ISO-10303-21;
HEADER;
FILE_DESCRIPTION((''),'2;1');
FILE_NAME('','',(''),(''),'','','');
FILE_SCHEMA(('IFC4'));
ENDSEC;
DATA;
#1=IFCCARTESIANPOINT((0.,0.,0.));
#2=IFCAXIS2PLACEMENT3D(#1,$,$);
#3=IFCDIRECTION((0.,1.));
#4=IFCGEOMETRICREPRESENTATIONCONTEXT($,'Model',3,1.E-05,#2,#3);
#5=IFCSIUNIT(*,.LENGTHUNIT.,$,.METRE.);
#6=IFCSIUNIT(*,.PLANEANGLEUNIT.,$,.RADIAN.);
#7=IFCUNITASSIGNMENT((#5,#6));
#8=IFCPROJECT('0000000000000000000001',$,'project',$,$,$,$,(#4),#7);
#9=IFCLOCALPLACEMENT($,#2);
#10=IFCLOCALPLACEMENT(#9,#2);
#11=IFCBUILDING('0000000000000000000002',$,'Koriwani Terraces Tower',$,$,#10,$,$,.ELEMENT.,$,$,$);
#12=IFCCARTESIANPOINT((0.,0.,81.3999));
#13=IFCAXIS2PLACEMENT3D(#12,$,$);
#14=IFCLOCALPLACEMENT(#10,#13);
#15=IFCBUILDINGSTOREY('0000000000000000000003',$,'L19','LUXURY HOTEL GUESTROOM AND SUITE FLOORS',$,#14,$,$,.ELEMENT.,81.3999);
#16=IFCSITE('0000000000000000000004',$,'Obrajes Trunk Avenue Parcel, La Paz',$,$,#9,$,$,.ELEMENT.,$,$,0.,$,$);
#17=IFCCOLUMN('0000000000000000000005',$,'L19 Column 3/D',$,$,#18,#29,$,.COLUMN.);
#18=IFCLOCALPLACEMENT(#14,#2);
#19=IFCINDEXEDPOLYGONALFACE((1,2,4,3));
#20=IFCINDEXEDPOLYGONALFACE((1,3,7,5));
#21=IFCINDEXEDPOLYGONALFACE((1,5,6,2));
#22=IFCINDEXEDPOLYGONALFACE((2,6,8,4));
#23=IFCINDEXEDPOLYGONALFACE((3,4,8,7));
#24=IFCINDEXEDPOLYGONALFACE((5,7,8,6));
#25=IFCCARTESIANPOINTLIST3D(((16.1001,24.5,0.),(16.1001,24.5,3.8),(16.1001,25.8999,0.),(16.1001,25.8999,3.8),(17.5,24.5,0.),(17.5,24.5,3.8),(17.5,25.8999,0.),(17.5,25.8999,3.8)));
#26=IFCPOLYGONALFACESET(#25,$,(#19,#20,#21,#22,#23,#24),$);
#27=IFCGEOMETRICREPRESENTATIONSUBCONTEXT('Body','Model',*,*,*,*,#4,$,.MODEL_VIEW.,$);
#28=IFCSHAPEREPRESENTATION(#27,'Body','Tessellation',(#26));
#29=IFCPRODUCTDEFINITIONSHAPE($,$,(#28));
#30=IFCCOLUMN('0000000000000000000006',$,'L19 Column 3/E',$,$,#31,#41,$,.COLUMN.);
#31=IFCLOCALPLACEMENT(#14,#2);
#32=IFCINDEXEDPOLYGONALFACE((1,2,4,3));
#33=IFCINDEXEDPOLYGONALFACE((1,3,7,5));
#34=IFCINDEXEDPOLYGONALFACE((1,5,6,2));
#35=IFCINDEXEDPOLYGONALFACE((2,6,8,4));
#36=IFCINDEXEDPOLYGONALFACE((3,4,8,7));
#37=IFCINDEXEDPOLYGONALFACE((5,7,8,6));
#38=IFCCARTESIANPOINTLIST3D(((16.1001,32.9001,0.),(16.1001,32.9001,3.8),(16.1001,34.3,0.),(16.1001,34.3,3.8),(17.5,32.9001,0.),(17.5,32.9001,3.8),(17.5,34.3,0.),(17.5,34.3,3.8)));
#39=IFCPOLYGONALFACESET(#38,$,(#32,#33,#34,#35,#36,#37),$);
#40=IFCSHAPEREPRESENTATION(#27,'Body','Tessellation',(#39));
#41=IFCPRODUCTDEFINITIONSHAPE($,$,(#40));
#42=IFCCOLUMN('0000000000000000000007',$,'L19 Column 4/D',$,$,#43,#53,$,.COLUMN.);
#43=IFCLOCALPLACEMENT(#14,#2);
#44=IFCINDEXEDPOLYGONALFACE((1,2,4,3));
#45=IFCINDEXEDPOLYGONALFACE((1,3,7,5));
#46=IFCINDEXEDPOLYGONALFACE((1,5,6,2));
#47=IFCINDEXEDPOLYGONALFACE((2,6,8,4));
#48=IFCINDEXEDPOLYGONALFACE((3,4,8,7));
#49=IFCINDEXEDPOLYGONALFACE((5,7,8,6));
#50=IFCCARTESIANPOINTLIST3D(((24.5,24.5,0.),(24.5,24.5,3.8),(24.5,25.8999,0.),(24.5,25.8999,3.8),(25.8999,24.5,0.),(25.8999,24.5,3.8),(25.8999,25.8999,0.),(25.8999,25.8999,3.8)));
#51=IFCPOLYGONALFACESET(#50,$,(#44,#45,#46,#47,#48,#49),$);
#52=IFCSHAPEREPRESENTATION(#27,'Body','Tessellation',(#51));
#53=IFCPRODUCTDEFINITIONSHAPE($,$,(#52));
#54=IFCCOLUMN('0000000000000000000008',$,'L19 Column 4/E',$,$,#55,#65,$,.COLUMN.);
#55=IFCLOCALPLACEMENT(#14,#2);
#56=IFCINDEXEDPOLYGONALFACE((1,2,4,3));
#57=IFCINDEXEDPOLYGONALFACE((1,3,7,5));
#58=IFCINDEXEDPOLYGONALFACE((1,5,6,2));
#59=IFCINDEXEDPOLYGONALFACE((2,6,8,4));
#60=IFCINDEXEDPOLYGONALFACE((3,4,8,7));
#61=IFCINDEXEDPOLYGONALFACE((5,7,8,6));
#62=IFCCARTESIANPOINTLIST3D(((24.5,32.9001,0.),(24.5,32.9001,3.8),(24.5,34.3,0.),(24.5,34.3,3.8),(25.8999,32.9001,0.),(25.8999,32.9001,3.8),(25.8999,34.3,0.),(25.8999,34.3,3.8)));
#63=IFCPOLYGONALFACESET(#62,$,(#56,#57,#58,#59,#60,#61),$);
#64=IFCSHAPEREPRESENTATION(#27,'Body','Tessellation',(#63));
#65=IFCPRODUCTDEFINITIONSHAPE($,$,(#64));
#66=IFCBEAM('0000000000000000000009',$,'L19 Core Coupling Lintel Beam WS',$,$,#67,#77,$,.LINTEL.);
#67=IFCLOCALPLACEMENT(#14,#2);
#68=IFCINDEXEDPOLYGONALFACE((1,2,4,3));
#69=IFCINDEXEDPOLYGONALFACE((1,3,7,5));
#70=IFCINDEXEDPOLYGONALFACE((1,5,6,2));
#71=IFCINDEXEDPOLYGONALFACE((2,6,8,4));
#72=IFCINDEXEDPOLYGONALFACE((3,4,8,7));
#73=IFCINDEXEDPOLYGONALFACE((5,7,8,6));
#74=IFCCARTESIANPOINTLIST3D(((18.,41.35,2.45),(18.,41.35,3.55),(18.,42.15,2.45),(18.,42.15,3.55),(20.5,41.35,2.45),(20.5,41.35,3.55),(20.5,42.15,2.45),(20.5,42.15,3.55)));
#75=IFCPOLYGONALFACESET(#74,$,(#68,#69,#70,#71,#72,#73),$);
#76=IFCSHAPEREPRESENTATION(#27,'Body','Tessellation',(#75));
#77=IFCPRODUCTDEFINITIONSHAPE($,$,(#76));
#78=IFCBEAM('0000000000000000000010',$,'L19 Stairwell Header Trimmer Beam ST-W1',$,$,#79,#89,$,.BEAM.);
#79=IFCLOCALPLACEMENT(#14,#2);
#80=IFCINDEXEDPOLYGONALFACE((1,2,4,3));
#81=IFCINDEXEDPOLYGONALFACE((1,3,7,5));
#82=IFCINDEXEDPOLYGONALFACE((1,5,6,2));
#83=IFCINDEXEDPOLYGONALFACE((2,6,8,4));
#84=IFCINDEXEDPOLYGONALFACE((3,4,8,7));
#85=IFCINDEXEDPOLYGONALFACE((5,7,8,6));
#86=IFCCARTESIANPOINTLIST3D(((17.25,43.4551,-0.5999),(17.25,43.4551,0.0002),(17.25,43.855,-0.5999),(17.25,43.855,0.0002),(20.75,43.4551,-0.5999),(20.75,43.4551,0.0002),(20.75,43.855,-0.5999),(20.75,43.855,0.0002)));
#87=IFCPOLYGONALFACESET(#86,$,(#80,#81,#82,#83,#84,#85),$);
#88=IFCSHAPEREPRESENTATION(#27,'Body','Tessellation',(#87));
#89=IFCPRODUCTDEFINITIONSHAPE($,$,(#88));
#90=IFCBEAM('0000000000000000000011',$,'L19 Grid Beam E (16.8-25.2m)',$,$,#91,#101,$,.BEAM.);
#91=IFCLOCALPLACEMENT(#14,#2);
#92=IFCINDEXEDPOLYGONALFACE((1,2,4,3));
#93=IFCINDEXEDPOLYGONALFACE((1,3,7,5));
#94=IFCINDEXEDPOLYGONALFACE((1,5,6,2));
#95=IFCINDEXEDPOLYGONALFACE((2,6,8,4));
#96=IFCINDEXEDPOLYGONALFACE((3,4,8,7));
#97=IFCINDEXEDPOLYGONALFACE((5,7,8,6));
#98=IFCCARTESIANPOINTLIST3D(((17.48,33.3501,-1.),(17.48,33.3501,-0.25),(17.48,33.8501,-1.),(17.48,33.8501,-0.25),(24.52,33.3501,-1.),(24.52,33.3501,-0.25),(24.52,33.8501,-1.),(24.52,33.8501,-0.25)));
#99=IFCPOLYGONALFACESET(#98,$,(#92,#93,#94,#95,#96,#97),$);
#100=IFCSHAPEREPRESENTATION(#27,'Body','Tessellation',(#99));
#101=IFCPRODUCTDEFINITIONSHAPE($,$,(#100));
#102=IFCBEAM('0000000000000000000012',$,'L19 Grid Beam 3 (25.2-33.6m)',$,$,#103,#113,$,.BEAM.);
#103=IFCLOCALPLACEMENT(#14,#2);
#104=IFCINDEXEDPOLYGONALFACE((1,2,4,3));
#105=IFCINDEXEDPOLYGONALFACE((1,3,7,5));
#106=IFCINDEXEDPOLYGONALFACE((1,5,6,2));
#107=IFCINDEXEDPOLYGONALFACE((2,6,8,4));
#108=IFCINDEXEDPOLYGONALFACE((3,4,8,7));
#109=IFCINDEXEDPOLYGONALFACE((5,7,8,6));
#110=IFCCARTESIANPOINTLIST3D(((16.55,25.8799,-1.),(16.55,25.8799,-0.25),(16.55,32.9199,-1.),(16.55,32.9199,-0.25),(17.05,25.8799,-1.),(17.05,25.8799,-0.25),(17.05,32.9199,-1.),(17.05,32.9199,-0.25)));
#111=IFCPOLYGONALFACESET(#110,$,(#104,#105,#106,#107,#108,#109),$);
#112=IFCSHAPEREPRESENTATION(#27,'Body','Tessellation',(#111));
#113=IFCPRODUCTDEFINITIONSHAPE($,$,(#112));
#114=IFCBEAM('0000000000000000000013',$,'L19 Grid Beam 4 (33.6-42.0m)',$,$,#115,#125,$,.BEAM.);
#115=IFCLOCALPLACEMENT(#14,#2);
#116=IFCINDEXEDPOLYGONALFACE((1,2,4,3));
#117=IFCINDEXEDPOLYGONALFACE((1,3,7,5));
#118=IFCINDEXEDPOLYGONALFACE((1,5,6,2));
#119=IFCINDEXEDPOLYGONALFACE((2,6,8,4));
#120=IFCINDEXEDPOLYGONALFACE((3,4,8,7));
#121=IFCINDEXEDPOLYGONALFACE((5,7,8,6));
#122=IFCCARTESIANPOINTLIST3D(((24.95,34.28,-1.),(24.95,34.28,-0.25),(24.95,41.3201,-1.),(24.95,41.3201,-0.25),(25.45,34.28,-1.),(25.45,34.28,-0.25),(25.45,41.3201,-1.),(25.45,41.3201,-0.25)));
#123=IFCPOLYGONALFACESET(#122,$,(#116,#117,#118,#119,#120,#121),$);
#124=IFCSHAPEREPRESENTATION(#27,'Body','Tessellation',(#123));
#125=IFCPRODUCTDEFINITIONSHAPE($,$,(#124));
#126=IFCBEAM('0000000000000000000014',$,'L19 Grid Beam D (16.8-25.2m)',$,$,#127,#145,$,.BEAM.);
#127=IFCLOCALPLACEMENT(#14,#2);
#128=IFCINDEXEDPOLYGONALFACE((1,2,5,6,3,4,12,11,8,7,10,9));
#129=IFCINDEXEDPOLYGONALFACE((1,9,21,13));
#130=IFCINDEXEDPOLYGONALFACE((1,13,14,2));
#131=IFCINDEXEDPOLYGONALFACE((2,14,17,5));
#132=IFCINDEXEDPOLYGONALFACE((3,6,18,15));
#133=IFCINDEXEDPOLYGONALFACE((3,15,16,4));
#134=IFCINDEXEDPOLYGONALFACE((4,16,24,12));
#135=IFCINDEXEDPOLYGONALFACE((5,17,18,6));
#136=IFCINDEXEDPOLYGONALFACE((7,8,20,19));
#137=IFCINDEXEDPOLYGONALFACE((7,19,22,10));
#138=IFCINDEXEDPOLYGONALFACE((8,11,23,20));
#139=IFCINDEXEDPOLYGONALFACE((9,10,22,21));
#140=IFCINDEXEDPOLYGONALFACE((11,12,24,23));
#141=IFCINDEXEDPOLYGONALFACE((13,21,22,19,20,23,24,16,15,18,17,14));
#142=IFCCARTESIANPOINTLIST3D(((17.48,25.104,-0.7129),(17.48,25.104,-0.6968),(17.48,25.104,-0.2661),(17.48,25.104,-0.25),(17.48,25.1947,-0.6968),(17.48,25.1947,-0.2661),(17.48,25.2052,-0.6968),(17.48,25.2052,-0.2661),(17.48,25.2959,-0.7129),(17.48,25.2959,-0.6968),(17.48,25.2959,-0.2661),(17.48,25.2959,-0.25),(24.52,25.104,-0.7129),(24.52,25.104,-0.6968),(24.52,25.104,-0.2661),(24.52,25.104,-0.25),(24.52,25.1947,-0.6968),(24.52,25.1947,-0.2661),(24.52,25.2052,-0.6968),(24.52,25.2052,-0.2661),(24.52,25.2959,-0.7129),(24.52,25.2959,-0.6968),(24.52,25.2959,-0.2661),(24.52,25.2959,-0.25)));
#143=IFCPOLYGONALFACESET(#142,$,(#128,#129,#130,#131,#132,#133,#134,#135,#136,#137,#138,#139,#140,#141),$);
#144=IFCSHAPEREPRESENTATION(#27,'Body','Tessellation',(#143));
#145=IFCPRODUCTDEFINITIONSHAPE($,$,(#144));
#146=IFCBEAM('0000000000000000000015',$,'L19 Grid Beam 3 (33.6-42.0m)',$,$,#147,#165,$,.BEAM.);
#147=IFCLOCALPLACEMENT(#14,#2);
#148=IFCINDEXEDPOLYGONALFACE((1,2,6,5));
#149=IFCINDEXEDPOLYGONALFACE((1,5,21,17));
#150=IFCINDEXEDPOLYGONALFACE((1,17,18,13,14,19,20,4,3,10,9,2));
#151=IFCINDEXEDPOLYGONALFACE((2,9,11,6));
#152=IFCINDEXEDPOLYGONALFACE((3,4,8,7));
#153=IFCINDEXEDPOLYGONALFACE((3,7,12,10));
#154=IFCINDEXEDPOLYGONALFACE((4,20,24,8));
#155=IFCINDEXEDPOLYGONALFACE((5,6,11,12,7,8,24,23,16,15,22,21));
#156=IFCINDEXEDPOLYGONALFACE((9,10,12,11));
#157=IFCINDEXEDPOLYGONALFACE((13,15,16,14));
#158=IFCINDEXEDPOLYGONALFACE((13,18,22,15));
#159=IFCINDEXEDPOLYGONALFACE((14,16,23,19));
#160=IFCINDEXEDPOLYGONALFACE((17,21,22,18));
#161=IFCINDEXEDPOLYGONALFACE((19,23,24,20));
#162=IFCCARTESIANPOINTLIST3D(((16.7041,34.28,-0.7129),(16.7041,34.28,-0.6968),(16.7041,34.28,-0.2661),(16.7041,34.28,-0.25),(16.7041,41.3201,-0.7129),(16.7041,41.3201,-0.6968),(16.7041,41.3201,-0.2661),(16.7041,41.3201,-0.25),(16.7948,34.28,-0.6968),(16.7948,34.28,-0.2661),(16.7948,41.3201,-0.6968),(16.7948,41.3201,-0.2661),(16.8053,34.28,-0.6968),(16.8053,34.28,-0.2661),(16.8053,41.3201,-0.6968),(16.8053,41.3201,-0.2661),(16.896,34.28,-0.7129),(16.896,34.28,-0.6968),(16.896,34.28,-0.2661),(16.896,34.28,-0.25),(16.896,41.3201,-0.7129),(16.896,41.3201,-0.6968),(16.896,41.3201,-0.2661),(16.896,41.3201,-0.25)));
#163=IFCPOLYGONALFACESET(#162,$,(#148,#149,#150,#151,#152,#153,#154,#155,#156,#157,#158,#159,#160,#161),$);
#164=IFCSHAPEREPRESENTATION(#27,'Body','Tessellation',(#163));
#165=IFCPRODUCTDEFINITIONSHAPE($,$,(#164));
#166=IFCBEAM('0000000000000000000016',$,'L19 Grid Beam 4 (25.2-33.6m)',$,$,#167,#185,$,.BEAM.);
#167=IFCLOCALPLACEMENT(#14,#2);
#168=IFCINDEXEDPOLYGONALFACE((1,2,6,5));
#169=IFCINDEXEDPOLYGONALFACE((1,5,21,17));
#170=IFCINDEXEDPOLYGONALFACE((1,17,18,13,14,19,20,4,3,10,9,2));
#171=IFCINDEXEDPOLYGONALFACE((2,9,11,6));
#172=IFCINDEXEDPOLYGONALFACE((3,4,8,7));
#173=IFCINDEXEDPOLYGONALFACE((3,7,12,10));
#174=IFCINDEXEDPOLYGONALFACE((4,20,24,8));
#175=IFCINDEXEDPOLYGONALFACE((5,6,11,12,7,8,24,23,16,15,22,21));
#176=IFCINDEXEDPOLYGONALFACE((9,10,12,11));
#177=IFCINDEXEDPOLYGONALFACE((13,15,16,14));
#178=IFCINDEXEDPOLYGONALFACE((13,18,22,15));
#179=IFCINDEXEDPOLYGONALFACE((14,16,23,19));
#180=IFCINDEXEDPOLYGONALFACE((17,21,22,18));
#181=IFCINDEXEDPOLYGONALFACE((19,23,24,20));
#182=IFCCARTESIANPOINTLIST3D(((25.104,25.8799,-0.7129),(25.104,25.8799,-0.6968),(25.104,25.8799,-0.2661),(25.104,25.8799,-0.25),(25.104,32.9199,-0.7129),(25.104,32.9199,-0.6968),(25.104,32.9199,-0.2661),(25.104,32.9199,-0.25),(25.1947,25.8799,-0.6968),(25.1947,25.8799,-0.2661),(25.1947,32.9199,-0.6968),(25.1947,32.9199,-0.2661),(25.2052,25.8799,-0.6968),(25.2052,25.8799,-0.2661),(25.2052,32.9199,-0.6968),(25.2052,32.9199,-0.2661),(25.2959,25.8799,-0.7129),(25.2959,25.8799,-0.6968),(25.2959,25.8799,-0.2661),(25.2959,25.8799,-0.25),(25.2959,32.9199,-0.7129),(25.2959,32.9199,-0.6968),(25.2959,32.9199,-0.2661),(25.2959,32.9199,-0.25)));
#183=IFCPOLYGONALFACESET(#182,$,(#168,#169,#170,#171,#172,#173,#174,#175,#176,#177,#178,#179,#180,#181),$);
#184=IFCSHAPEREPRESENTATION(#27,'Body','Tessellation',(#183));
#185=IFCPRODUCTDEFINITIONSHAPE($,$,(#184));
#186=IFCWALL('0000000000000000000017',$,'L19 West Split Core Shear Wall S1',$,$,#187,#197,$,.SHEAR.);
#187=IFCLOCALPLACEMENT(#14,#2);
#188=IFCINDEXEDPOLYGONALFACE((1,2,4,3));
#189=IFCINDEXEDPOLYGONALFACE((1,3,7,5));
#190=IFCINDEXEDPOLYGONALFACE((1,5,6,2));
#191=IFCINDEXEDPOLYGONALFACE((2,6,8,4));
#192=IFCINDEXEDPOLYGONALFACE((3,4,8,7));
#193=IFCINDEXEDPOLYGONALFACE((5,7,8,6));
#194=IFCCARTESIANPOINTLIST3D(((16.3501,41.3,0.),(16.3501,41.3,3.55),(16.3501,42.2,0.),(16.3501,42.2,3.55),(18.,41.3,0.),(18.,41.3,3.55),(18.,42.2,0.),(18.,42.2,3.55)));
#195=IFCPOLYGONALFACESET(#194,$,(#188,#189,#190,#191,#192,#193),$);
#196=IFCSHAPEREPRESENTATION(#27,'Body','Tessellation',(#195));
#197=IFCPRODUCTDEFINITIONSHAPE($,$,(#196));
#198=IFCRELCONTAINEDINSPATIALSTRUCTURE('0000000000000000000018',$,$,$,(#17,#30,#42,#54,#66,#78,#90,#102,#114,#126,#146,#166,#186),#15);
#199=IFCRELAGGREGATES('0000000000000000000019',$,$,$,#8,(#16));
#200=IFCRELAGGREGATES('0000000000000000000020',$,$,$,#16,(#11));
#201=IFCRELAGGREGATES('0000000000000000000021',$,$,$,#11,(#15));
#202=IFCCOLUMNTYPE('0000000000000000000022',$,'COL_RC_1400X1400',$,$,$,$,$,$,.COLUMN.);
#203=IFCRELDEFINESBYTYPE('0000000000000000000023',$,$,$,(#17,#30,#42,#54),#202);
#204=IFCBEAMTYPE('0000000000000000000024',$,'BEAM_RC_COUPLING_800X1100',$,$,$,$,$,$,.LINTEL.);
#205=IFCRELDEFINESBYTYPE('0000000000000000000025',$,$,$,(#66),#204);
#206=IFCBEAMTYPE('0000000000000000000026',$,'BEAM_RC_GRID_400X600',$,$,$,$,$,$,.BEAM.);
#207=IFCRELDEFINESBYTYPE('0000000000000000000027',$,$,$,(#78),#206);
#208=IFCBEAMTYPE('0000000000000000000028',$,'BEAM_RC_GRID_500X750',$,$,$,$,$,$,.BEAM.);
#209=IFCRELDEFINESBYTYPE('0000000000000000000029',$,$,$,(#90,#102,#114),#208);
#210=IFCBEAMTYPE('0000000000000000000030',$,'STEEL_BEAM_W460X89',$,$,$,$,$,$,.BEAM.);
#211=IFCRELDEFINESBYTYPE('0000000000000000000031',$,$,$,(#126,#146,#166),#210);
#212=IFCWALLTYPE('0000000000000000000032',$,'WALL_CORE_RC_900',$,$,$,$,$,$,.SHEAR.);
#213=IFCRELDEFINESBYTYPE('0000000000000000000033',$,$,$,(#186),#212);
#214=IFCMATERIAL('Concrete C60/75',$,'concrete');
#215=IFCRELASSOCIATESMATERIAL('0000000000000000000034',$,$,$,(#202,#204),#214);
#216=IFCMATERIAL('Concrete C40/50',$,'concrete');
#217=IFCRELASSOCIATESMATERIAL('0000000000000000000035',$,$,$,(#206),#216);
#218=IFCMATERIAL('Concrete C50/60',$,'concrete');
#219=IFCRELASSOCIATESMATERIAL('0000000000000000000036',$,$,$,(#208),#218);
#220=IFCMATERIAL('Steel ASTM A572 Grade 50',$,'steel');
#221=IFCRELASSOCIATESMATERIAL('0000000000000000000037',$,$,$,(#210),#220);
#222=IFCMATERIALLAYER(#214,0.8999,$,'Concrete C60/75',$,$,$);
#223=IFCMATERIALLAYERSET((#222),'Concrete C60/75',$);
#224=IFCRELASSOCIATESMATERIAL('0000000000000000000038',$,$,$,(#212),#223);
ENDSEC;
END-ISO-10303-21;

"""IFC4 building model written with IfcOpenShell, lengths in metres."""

from ifc_helpers import new_model, si_unit, direction, frame, frame_2d, origin, origin_2d, place, context, subcontext, project, spatial, rectangle, i_section, extrude, material, layer, layer_set, material_profile, profile_set, type_object, element, save


model = new_model("IFC4")

# Units and contexts
model_context = context("Model", 3, precision=1e-05, world=origin(), true_north=direction((0.0, 1.0)))
body_context = subcontext(model_context, "Body", "Model", "MODEL_VIEW")
ifc_project = project(units=[si_unit("LENGTHUNIT", "METRE"), si_unit("PLANEANGLEUNIT", "RADIAN")], contexts=[model_context])

# Site, building, storey
site_placement = place(None, origin())
site = spatial("IfcSite", under=ifc_project, at=site_placement, Name="Obrajes Trunk Avenue Parcel, La Paz", CompositionType="ELEMENT", RefElevation=0.0)
building_placement = place(site_placement, origin())
building = spatial("IfcBuilding", under=site, at=building_placement, Name="Koriwani Terraces Tower", CompositionType="ELEMENT")
storey_placement = place(building_placement, frame((0.0, 0.0, 81.3999)))
storey = spatial("IfcBuildingStorey", under=building, at=storey_placement, Name="L19", Description="LUXURY HOTEL GUESTROOM AND SUITE FLOORS", CompositionType="ELEMENT", Elevation=81.3999)

# Columns
ifc_material_1 = material(Name="Concrete C60/75", Category="concrete")
ifc_material_profile_1 = material_profile(ifc_material_1, rectangle(XDim=1.3999, YDim=1.3999, at=origin_2d()), Name="Concrete C60/75", Category="LoadBearing")
ifc_profile_set_1 = profile_set([ifc_material_profile_1], Name="Concrete C60/75")
column_type = type_object("IfcColumnType", Name="COL_RC_1400X1400", PredefinedType="COLUMN", material=ifc_profile_set_1)
for number, where, z_axis, x_axis, name in (
    (1, (16.8, 25.2, 0.0), (0.0, 0.0, 1.0), (1.0, 0.0, 0.0), "L19 Column 3/D"),
    (2, (16.8, 33.6001, 0.0), (0.0, 0.0, 1.0), (1.0, 0.0, 0.0), "L19 Column 3/E"),
    (3, (25.2, 25.2, 0.0), (0.0, 0.0, 1.0), (1.0, 0.0, 0.0), "L19 Column 4/D"),
    (4, (25.2, 33.6001, 0.0), (0.0, 0.0, 1.0), (1.0, 0.0, 0.0), "L19 Column 4/E"),
):
    element("IfcColumn", number, at=place(storey_placement, frame(where, z_axis=z_axis, x_axis=x_axis)), inside=storey, type_object=column_type, Name=name, PredefinedType="COLUMN", context=body_context, shape_type="SweptSolid", body=[
        extrude(rectangle(XDim=1.3999, YDim=1.3999, at=origin_2d()), origin(), (0.0, 0.0, 1.0), 3.8),
    ])

# Beams
ifc_material_profile_2 = material_profile(ifc_material_1, rectangle(XDim=0.8, YDim=1.1001, at=origin_2d()), Name="Concrete C60/75", Category="LoadBearing")
ifc_profile_set_2 = profile_set([ifc_material_profile_2], Name="Concrete C60/75")
beam_type_1 = type_object("IfcBeamType", Name="BEAM_RC_COUPLING_800X1100", PredefinedType="LINTEL", material=ifc_profile_set_2)
beam_1_placement = place(storey_placement, frame((18.0, 41.75, 3.0), z_axis=(1.0, 0.0, 0.0), x_axis=(0.0, 1.0, 0.0)))
element("IfcBeam", 5, at=beam_1_placement, inside=storey, type_object=beam_type_1, Name="L19 Core Coupling Lintel Beam WS", PredefinedType="LINTEL", context=body_context, shape_type="SweptSolid", body=[
    extrude(rectangle(XDim=0.8, YDim=1.1001, at=origin_2d()), origin(), (0.0, 0.0, 1.0), 2.5),
])
ifc_material_2 = material(Name="Concrete C40/50", Category="concrete")
ifc_material_profile_3 = material_profile(ifc_material_2, rectangle(XDim=0.3999, YDim=0.6001, at=origin_2d()), Name="Concrete C40/50", Category="LoadBearing")
ifc_profile_set_3 = profile_set([ifc_material_profile_3], Name="Concrete C40/50")
beam_type_2 = type_object("IfcBeamType", Name="BEAM_RC_GRID_400X600", PredefinedType="BEAM", material=ifc_profile_set_3)
beam_2_placement = place(storey_placement, frame((17.25, 43.655, -0.2998), z_axis=(1.0, 0.0, 0.0), x_axis=(0.0, 1.0, 0.0)))
element("IfcBeam", 6, at=beam_2_placement, inside=storey, type_object=beam_type_2, Name="L19 Stairwell Header Trimmer Beam ST-W1", PredefinedType="BEAM", context=body_context, shape_type="SweptSolid", body=[
    extrude(rectangle(XDim=0.3999, YDim=0.6001, at=origin_2d()), origin(), (0.0, 0.0, 1.0), 3.5),
])
ifc_material_3 = material(Name="Concrete C50/60", Category="concrete")
ifc_material_profile_4 = material_profile(ifc_material_3, rectangle(XDim=0.5, YDim=0.75, at=origin_2d()), Name="Concrete C50/60", Category="LoadBearing")
ifc_profile_set_4 = profile_set([ifc_material_profile_4], Name="Concrete C50/60")
beam_type_3 = type_object("IfcBeamType", Name="BEAM_RC_GRID_500X750", PredefinedType="BEAM", material=ifc_profile_set_4)
for number, where, z_axis, x_axis, name in (
    (7, (17.48, 33.6001, -0.625), (1.0, 0.0, 0.0), (0.0, 1.0, 0.0), "L19 Grid Beam E (16.8-25.2m)"),
    (8, (16.8, 25.8799, -0.625), (0.0, 1.0, 0.0), (-1.0, 0.0, 0.0), "L19 Grid Beam 3 (25.2-33.6m)"),
    (9, (25.2, 34.28, -0.625), (0.0, 1.0, 0.0), (-1.0, 0.0, 0.0), "L19 Grid Beam 4 (33.6-42.0m)"),
):
    element("IfcBeam", number, at=place(storey_placement, frame(where, z_axis=z_axis, x_axis=x_axis)), inside=storey, type_object=beam_type_3, Name=name, PredefinedType="BEAM", context=body_context, shape_type="SweptSolid", body=[
        extrude(rectangle(XDim=0.5, YDim=0.75, at=origin_2d()), origin(), (0.0, 0.0, 1.0), 7.04),
    ])
ifc_material_4 = material(Name="Steel ASTM A572 Grade 50", Category="steel")
ifc_material_profile_5 = material_profile(ifc_material_4, i_section(OverallWidth=0.1919, OverallDepth=0.4629, WebThickness=0.0105, FlangeThickness=0.0161, at=origin_2d()), Name="Steel ASTM A572 Grade 50", Category="LoadBearing")
ifc_profile_set_5 = profile_set([ifc_material_profile_5], Name="Steel ASTM A572 Grade 50")
beam_type_4 = type_object("IfcBeamType", Name="STEEL_BEAM_W460X89", PredefinedType="BEAM", material=ifc_profile_set_5)
for number, where, z_axis, x_axis, name in (
    (10, (17.48, 25.2, -0.4814), (1.0, 0.0, 0.0), (0.0, 1.0, 0.0), "L19 Grid Beam D (16.8-25.2m)"),
    (11, (16.8, 34.28, -0.4814), (0.0, 1.0, 0.0), (-1.0, 0.0, 0.0), "L19 Grid Beam 3 (33.6-42.0m)"),
    (12, (25.2, 25.8799, -0.4814), (0.0, 1.0, 0.0), (-1.0, 0.0, 0.0), "L19 Grid Beam 4 (25.2-33.6m)"),
):
    element("IfcBeam", number, at=place(storey_placement, frame(where, z_axis=z_axis, x_axis=x_axis)), inside=storey, type_object=beam_type_4, Name=name, PredefinedType="BEAM", context=body_context, shape_type="SweptSolid", body=[
        extrude(i_section(OverallWidth=0.1919, OverallDepth=0.4629, WebThickness=0.0105, FlangeThickness=0.0161, at=origin_2d()), origin(), (0.0, 0.0, 1.0), 7.04),
    ])

# Wall
ifc_layer_1 = layer(ifc_material_1, 0.8999, Name="Concrete C60/75")
ifc_layer_set_1 = layer_set([ifc_layer_1], Name="Concrete C60/75")
wall_type_1 = type_object("IfcWallType", Name="WALL_CORE_RC_900", PredefinedType="SHEAR", material=ifc_layer_set_1)
wall_1_placement = place(storey_placement, frame((16.3501, 41.75, 0.0), z_axis=(0.0, 0.0, 1.0), x_axis=(1.0, 0.0, 0.0)))
element("IfcWall", 13, at=wall_1_placement, inside=storey, type_object=wall_type_1, Name="L19 West Split Core Shear Wall S1", PredefinedType="SHEAR", context=body_context, shape_type="SweptSolid", body=[
    extrude(rectangle(XDim=1.6499, YDim=0.8999, at=frame_2d((0.825, 0.0))), origin(), (0.0, 0.0, 1.0), 3.55),
])

save(model, "model.ifc")
